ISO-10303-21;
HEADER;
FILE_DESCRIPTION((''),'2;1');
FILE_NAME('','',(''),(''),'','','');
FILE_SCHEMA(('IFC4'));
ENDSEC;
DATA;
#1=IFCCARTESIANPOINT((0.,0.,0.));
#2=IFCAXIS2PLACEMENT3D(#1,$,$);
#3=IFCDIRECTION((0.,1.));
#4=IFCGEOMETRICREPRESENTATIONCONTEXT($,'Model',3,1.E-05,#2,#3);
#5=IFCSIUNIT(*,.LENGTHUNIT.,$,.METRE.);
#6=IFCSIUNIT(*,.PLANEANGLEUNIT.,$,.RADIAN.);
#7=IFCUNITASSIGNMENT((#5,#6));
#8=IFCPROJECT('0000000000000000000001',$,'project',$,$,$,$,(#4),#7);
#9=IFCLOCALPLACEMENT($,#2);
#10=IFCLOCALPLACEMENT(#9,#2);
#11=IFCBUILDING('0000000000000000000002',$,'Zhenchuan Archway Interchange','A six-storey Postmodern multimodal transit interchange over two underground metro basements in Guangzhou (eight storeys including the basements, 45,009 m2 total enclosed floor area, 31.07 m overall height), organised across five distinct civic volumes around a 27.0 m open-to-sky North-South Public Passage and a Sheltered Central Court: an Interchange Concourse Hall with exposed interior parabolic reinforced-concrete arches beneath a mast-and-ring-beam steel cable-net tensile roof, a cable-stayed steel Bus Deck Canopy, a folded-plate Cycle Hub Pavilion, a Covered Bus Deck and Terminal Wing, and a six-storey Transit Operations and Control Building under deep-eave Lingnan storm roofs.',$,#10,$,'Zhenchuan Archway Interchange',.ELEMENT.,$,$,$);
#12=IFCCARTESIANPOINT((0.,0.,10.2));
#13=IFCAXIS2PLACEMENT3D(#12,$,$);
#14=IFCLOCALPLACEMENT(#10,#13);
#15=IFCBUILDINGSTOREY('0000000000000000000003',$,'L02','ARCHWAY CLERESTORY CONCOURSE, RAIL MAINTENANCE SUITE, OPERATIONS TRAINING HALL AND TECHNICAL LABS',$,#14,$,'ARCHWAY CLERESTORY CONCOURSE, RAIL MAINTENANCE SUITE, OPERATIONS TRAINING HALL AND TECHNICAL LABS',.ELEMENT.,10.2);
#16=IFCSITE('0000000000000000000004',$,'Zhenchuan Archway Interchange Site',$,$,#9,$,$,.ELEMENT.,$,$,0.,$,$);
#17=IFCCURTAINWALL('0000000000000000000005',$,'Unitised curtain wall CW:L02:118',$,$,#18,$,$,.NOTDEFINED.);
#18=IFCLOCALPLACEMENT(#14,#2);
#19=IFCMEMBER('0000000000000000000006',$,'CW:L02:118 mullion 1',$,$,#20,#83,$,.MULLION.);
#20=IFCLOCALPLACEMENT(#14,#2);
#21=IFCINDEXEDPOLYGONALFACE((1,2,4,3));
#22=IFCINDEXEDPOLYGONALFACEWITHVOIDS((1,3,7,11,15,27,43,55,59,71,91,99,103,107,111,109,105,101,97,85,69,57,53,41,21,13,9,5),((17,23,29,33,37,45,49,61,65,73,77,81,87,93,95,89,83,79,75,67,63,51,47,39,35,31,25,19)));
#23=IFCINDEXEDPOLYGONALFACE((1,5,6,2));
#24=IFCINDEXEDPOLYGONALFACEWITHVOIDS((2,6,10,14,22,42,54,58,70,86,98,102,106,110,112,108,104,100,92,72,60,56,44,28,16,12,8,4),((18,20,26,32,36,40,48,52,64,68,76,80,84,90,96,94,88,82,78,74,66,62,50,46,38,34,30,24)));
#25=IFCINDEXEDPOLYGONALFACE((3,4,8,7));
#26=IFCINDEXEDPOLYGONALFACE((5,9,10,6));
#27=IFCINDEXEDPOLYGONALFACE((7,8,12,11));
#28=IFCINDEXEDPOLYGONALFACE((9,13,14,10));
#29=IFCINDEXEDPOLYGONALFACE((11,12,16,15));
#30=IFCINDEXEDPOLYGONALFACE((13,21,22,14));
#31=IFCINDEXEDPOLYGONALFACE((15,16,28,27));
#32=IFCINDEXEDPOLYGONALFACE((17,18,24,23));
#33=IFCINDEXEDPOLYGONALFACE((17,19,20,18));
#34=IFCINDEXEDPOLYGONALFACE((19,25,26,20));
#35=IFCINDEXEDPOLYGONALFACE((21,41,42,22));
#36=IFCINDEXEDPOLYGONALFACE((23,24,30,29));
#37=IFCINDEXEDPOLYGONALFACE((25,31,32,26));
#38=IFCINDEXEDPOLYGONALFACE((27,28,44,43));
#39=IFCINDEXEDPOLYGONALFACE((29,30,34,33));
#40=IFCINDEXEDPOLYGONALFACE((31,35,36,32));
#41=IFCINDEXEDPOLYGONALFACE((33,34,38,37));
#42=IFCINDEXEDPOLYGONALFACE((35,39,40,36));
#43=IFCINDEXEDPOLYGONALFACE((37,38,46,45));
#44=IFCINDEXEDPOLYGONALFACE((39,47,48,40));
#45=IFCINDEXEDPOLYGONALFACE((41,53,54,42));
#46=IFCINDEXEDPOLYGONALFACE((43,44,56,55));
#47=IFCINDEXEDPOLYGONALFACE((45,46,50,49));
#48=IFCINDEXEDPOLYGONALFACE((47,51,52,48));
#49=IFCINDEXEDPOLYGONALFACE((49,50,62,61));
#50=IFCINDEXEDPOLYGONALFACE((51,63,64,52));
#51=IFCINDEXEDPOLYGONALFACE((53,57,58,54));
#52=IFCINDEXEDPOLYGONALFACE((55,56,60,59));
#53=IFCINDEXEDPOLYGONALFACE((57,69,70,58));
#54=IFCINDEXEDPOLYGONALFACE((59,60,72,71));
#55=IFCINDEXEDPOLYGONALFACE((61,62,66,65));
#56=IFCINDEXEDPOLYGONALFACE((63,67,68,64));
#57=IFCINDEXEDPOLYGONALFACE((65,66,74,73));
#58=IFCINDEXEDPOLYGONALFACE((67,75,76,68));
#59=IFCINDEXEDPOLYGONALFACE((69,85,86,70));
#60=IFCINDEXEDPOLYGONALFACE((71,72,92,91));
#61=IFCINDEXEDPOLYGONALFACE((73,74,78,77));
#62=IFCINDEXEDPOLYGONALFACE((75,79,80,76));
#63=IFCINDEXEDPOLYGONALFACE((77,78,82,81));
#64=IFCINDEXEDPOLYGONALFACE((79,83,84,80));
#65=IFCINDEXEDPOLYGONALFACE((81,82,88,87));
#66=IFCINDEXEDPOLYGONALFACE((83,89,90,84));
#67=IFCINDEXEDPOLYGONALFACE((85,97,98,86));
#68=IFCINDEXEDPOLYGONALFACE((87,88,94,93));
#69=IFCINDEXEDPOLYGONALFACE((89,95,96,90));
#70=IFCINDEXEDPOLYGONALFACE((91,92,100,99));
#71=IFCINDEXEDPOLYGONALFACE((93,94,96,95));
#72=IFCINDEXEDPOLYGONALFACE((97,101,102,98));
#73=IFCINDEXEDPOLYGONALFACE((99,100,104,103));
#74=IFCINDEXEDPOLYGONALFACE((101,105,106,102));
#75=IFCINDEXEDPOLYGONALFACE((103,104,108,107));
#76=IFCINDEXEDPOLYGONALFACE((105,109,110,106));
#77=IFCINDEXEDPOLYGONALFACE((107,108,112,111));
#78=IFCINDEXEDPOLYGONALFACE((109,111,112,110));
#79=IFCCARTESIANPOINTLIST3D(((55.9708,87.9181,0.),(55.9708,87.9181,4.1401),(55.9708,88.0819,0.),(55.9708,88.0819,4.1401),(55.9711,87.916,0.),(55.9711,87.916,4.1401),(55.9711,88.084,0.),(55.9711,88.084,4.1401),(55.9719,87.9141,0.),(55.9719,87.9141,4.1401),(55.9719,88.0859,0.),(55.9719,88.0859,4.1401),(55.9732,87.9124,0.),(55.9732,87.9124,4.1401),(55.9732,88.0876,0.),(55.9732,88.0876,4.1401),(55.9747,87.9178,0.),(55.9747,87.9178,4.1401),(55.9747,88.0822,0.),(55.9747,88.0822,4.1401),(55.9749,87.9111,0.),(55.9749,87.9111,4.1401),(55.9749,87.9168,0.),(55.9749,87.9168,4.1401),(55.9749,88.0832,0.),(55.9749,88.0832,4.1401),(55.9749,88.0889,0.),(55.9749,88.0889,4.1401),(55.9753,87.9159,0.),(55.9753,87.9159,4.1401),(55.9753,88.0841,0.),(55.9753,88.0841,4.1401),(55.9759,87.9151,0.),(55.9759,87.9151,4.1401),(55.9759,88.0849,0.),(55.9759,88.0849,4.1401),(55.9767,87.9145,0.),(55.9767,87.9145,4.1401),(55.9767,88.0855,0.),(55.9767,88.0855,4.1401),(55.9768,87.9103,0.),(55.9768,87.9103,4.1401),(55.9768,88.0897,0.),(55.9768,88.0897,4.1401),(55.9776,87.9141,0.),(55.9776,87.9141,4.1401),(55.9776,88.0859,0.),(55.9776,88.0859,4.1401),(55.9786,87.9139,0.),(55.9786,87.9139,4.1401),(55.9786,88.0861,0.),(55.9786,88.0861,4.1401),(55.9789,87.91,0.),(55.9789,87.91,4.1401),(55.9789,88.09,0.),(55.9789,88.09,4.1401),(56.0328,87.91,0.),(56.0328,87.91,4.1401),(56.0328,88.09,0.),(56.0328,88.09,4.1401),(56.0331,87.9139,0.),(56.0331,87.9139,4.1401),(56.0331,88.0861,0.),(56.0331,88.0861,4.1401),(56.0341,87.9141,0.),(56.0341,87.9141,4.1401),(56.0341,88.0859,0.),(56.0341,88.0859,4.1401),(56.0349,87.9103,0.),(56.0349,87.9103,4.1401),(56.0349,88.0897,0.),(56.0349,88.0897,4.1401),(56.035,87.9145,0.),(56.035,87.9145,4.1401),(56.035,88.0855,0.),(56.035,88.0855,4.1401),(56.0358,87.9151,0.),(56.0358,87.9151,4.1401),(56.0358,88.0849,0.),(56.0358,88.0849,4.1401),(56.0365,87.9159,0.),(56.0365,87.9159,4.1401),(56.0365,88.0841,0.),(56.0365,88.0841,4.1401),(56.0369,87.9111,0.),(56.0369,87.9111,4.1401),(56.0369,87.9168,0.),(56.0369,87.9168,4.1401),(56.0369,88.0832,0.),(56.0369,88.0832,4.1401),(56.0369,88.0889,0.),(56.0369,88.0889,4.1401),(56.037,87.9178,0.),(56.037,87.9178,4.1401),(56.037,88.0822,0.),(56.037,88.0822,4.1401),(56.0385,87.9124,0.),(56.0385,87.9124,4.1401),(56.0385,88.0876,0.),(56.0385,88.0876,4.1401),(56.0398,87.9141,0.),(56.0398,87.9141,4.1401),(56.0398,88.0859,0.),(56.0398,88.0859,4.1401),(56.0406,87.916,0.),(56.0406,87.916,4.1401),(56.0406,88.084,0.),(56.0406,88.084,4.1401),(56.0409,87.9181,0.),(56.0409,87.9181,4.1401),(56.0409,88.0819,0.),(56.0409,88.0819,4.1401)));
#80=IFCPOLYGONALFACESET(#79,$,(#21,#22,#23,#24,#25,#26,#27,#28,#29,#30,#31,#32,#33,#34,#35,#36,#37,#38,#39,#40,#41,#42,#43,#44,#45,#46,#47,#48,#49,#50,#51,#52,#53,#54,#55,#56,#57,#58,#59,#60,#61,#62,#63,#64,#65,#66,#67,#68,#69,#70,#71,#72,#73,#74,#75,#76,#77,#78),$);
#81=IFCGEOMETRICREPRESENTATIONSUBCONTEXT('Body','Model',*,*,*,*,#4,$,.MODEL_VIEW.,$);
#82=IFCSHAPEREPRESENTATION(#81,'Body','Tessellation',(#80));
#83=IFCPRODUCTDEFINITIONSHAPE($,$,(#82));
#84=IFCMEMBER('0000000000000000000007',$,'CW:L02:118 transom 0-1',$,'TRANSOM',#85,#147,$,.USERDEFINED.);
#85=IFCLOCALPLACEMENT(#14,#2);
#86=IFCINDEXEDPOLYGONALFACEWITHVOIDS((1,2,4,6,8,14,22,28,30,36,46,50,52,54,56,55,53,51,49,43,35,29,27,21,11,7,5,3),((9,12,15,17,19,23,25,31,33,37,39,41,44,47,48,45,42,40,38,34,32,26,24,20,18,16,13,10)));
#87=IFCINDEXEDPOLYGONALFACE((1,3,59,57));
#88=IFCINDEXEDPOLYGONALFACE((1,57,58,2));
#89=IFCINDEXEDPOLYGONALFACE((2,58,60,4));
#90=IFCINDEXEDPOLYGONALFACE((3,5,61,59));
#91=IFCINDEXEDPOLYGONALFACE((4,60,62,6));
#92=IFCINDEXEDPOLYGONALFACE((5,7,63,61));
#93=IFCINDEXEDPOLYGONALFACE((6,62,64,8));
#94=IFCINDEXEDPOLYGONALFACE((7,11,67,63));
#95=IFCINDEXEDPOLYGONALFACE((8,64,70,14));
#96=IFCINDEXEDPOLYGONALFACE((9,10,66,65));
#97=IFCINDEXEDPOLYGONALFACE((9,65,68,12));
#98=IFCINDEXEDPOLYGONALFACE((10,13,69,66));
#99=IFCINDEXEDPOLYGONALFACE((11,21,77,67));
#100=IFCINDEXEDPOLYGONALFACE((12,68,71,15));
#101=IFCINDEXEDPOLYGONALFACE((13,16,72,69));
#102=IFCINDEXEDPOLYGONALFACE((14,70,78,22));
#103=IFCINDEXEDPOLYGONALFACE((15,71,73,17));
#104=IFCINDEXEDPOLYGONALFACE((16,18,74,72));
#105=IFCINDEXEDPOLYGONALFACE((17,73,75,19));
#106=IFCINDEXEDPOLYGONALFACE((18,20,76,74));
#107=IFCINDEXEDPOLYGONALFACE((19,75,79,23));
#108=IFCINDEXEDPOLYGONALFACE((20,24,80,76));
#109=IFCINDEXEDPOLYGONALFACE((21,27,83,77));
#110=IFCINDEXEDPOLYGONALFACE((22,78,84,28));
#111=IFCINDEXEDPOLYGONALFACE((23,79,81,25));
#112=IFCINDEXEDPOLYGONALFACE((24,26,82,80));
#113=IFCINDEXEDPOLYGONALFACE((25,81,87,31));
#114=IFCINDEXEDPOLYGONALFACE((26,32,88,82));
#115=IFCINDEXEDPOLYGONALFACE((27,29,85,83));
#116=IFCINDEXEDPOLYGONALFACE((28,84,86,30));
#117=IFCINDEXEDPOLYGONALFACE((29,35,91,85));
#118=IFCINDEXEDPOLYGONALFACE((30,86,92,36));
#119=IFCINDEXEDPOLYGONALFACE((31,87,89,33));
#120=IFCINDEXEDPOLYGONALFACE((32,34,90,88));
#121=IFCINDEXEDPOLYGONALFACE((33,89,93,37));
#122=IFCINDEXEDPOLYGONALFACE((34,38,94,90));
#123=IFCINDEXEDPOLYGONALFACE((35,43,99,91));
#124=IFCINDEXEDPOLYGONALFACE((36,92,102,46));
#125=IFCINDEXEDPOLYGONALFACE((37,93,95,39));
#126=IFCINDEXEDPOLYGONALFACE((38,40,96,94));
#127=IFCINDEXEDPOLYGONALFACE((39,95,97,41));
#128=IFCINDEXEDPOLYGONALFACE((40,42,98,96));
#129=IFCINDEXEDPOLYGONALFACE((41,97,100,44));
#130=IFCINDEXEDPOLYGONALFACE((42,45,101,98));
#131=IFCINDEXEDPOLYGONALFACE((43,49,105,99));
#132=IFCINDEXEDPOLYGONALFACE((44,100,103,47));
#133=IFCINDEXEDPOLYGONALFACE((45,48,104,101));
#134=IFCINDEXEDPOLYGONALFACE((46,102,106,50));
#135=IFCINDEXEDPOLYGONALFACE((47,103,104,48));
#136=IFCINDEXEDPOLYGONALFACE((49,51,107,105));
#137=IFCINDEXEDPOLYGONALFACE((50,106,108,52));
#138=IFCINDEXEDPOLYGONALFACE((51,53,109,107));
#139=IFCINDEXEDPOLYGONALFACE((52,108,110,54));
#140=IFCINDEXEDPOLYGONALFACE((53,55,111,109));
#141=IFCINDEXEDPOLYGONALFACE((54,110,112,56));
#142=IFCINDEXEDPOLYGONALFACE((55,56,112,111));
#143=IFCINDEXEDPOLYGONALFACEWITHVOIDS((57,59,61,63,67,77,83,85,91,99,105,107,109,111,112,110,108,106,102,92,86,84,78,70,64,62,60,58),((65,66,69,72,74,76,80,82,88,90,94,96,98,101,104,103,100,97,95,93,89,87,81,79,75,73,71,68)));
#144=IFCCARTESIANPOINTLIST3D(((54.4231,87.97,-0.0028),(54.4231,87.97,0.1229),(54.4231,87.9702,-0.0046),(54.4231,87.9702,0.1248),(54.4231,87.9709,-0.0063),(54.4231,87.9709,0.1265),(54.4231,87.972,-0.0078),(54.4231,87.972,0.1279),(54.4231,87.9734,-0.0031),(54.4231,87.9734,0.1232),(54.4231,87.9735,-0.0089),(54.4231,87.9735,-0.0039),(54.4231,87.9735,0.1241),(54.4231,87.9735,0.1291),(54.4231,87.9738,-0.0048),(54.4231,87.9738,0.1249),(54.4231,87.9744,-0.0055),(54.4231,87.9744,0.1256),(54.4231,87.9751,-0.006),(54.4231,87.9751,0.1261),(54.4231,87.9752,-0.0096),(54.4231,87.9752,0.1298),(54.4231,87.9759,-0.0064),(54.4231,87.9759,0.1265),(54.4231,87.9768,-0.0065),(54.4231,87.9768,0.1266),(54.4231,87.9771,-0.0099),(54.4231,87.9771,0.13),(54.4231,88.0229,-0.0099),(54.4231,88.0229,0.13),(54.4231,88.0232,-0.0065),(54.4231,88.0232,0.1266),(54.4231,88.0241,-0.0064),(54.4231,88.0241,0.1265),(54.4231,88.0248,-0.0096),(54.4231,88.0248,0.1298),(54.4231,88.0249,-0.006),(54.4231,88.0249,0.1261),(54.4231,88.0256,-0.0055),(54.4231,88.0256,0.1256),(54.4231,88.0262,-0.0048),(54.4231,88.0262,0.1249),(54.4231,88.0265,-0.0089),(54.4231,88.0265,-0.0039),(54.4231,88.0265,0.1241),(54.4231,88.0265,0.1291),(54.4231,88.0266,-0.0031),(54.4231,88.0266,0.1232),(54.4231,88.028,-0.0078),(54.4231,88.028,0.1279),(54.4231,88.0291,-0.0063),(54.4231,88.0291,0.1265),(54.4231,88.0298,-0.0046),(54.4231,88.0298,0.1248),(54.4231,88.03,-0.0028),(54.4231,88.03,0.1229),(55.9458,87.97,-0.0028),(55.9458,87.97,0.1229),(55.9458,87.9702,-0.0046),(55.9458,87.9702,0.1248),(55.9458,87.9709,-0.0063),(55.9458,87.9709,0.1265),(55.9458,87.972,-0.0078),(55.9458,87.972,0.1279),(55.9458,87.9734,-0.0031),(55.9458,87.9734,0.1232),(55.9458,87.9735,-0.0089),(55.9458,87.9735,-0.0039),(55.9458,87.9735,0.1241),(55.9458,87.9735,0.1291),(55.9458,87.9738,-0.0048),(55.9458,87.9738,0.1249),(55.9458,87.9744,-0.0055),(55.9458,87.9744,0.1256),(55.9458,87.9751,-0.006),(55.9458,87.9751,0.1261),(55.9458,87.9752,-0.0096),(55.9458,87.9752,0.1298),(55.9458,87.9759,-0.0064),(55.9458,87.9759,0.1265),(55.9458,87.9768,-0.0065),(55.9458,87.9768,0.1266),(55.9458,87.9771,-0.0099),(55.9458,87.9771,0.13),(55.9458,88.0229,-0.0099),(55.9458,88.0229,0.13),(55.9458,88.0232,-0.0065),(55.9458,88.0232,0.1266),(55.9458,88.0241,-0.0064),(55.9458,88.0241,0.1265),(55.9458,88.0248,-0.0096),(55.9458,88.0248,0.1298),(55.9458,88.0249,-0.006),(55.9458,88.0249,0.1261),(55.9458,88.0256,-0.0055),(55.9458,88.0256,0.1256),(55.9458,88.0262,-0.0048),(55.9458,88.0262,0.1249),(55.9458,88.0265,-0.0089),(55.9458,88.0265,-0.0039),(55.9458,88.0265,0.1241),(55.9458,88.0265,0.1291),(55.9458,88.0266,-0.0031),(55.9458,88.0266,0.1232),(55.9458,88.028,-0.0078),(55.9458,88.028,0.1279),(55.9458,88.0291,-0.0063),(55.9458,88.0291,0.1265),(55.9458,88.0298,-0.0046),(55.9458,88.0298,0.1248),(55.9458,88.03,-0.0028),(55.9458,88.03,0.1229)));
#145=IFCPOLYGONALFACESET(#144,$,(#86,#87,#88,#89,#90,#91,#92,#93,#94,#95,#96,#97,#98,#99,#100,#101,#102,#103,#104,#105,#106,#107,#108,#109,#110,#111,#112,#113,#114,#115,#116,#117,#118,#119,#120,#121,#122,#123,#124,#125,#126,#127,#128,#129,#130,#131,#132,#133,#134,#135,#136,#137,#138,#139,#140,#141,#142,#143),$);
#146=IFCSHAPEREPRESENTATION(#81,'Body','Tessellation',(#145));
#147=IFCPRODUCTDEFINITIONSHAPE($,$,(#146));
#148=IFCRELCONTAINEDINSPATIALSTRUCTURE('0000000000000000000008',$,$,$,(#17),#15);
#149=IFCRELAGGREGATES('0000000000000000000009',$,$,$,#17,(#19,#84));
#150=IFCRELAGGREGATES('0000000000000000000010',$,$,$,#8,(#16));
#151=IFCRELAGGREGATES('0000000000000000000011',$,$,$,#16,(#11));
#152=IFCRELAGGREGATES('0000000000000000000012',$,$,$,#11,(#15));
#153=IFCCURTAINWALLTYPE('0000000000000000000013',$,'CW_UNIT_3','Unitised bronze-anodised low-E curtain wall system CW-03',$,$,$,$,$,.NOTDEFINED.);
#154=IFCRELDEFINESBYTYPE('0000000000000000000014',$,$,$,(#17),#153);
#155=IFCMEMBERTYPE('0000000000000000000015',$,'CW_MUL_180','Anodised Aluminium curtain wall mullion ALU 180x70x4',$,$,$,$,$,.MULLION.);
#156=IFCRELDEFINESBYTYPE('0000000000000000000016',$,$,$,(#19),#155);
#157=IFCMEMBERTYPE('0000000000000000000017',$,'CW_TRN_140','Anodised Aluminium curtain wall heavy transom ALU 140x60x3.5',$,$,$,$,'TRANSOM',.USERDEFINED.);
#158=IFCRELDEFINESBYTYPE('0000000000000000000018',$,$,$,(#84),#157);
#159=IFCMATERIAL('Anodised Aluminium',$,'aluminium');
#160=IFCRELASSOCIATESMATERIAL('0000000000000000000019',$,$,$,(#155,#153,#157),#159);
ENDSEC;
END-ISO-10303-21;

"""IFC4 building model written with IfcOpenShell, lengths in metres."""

from ifc_helpers import new_model, si_unit, direction, frame, origin, origin_2d, place, context, subcontext, project, spatial, hollow_rectangle, extrude, material, material_profile, profile_set, type_object, element, aggregate, save


model = new_model("IFC4")

# Units and contexts
model_context = context("Model", 3, precision=1e-05, world=origin(), true_north=direction((0.0, 1.0)))
body_context = subcontext(model_context, "Body", "Model", "MODEL_VIEW")
ifc_project = project(units=[si_unit("LENGTHUNIT", "METRE"), si_unit("PLANEANGLEUNIT", "RADIAN")], contexts=[model_context])

# Site, building, storey
site_placement = place(None, origin())
site = spatial("IfcSite", under=ifc_project, at=site_placement, Name="Zhenchuan Archway Interchange Site", CompositionType="ELEMENT", RefElevation=0.0)
building_placement = place(site_placement, origin())
building = spatial("IfcBuilding", under=site, at=building_placement, Name="Zhenchuan Archway Interchange", Description="A six-storey Postmodern multimodal transit interchange over two underground metro basements in Guangzhou (eight storeys including the basements, 45,009 m2 total enclosed floor area, 31.07 m overall height), organised across five distinct civic volumes around a 27.0 m open-to-sky North-South Public Passage and a Sheltered Central Court: an Interchange Concourse Hall with exposed interior parabolic reinforced-concrete arches beneath a mast-and-ring-beam steel cable-net tensile roof, a cable-stayed steel Bus Deck Canopy, a folded-plate Cycle Hub Pavilion, a Covered Bus Deck and Terminal Wing, and a six-storey Transit Operations and Control Building under deep-eave Lingnan storm roofs.", LongName="Zhenchuan Archway Interchange", CompositionType="ELEMENT")
storey_placement = place(building_placement, frame((0.0, 0.0, 10.2)))
storey = spatial("IfcBuildingStorey", under=building, at=storey_placement, Name="L02", Description="ARCHWAY CLERESTORY CONCOURSE, RAIL MAINTENANCE SUITE, OPERATIONS TRAINING HALL AND TECHNICAL LABS", LongName="ARCHWAY CLERESTORY CONCOURSE, RAIL MAINTENANCE SUITE, OPERATIONS TRAINING HALL AND TECHNICAL LABS", CompositionType="ELEMENT", Elevation=10.2)

# Shared definitions
ifc_material_1 = material(Name="Anodised Aluminium", Category="aluminium")
ifc_material_profile_1 = material_profile(ifc_material_1, hollow_rectangle(XDim=0.0701, YDim=0.1799, WallThickness=0.0039, InnerFilletRadius=0.0039, OuterFilletRadius=0.0081, at=origin_2d()), Name="ALU 180x70x4")
ifc_profile_set_1 = profile_set([ifc_material_profile_1], Name="Anodised Aluminium")
member_type_1 = type_object("IfcMemberType", Name="CW_MUL_180", Description="Anodised Aluminium curtain wall mullion ALU 180x70x4", PredefinedType="MULLION", material=ifc_profile_set_1)

# Curtain wall, members
curtain_wall_type_1 = type_object("IfcCurtainWallType", Name="CW_UNIT_3", Description="Unitised bronze-anodised low-E curtain wall system CW-03", PredefinedType="NOTDEFINED", material=ifc_material_1)
curtain_wall_1_placement = place(storey_placement, origin())
curtain_wall_1 = element("IfcCurtainWall", 1, at=curtain_wall_1_placement, inside=storey, type_object=curtain_wall_type_1, Name="Unitised curtain wall CW:L02:118", PredefinedType="NOTDEFINED")
member_1_placement = place(storey_placement, frame((56.0059, 88.0, 0.0), z_axis=(0.0, 0.0, 1.0), x_axis=(1.0, 0.0, 0.0)))
member_1 = element("IfcMember", 2, at=member_1_placement, type_object=member_type_1, Name="CW:L02:118 mullion 1", PredefinedType="MULLION", context=body_context, shape_type="SweptSolid", body=[
    extrude(hollow_rectangle(XDim=0.0701, YDim=0.1799, WallThickness=0.0039, InnerFilletRadius=0.0039, OuterFilletRadius=0.0081, at=origin_2d()), origin(), (0.0, 0.0, 1.0), 4.1401),
])
ifc_material_profile_2 = material_profile(ifc_material_1, hollow_rectangle(XDim=0.0601, YDim=0.1399, WallThickness=0.0034, InnerFilletRadius=0.0034, OuterFilletRadius=0.0071, at=origin_2d()), Name="ALU 140x60x3.5")
ifc_profile_set_2 = profile_set([ifc_material_profile_2], Name="Anodised Aluminium")
member_type_2 = type_object("IfcMemberType", Name="CW_TRN_140", Description="Anodised Aluminium curtain wall heavy transom ALU 140x60x3.5", ElementType="TRANSOM", PredefinedType="USERDEFINED", material=ifc_profile_set_2)
member_2_placement = place(storey_placement, frame((54.4231, 88.0, 0.0601), z_axis=(1.0, 0.0, 0.0), x_axis=(0.0, 1.0, 0.0)))
member_2 = element("IfcMember", 3, at=member_2_placement, type_object=member_type_2, Name="CW:L02:118 transom 0-1", ObjectType="TRANSOM", PredefinedType="USERDEFINED", context=body_context, shape_type="SweptSolid", body=[
    extrude(hollow_rectangle(XDim=0.0601, YDim=0.1399, WallThickness=0.0034, InnerFilletRadius=0.0034, OuterFilletRadius=0.0071, at=origin_2d()), origin(), (0.0, 0.0, 1.0), 1.5227),
])

aggregate(curtain_wall_1, [member_1, member_2])

save(model, "model.ifc")
